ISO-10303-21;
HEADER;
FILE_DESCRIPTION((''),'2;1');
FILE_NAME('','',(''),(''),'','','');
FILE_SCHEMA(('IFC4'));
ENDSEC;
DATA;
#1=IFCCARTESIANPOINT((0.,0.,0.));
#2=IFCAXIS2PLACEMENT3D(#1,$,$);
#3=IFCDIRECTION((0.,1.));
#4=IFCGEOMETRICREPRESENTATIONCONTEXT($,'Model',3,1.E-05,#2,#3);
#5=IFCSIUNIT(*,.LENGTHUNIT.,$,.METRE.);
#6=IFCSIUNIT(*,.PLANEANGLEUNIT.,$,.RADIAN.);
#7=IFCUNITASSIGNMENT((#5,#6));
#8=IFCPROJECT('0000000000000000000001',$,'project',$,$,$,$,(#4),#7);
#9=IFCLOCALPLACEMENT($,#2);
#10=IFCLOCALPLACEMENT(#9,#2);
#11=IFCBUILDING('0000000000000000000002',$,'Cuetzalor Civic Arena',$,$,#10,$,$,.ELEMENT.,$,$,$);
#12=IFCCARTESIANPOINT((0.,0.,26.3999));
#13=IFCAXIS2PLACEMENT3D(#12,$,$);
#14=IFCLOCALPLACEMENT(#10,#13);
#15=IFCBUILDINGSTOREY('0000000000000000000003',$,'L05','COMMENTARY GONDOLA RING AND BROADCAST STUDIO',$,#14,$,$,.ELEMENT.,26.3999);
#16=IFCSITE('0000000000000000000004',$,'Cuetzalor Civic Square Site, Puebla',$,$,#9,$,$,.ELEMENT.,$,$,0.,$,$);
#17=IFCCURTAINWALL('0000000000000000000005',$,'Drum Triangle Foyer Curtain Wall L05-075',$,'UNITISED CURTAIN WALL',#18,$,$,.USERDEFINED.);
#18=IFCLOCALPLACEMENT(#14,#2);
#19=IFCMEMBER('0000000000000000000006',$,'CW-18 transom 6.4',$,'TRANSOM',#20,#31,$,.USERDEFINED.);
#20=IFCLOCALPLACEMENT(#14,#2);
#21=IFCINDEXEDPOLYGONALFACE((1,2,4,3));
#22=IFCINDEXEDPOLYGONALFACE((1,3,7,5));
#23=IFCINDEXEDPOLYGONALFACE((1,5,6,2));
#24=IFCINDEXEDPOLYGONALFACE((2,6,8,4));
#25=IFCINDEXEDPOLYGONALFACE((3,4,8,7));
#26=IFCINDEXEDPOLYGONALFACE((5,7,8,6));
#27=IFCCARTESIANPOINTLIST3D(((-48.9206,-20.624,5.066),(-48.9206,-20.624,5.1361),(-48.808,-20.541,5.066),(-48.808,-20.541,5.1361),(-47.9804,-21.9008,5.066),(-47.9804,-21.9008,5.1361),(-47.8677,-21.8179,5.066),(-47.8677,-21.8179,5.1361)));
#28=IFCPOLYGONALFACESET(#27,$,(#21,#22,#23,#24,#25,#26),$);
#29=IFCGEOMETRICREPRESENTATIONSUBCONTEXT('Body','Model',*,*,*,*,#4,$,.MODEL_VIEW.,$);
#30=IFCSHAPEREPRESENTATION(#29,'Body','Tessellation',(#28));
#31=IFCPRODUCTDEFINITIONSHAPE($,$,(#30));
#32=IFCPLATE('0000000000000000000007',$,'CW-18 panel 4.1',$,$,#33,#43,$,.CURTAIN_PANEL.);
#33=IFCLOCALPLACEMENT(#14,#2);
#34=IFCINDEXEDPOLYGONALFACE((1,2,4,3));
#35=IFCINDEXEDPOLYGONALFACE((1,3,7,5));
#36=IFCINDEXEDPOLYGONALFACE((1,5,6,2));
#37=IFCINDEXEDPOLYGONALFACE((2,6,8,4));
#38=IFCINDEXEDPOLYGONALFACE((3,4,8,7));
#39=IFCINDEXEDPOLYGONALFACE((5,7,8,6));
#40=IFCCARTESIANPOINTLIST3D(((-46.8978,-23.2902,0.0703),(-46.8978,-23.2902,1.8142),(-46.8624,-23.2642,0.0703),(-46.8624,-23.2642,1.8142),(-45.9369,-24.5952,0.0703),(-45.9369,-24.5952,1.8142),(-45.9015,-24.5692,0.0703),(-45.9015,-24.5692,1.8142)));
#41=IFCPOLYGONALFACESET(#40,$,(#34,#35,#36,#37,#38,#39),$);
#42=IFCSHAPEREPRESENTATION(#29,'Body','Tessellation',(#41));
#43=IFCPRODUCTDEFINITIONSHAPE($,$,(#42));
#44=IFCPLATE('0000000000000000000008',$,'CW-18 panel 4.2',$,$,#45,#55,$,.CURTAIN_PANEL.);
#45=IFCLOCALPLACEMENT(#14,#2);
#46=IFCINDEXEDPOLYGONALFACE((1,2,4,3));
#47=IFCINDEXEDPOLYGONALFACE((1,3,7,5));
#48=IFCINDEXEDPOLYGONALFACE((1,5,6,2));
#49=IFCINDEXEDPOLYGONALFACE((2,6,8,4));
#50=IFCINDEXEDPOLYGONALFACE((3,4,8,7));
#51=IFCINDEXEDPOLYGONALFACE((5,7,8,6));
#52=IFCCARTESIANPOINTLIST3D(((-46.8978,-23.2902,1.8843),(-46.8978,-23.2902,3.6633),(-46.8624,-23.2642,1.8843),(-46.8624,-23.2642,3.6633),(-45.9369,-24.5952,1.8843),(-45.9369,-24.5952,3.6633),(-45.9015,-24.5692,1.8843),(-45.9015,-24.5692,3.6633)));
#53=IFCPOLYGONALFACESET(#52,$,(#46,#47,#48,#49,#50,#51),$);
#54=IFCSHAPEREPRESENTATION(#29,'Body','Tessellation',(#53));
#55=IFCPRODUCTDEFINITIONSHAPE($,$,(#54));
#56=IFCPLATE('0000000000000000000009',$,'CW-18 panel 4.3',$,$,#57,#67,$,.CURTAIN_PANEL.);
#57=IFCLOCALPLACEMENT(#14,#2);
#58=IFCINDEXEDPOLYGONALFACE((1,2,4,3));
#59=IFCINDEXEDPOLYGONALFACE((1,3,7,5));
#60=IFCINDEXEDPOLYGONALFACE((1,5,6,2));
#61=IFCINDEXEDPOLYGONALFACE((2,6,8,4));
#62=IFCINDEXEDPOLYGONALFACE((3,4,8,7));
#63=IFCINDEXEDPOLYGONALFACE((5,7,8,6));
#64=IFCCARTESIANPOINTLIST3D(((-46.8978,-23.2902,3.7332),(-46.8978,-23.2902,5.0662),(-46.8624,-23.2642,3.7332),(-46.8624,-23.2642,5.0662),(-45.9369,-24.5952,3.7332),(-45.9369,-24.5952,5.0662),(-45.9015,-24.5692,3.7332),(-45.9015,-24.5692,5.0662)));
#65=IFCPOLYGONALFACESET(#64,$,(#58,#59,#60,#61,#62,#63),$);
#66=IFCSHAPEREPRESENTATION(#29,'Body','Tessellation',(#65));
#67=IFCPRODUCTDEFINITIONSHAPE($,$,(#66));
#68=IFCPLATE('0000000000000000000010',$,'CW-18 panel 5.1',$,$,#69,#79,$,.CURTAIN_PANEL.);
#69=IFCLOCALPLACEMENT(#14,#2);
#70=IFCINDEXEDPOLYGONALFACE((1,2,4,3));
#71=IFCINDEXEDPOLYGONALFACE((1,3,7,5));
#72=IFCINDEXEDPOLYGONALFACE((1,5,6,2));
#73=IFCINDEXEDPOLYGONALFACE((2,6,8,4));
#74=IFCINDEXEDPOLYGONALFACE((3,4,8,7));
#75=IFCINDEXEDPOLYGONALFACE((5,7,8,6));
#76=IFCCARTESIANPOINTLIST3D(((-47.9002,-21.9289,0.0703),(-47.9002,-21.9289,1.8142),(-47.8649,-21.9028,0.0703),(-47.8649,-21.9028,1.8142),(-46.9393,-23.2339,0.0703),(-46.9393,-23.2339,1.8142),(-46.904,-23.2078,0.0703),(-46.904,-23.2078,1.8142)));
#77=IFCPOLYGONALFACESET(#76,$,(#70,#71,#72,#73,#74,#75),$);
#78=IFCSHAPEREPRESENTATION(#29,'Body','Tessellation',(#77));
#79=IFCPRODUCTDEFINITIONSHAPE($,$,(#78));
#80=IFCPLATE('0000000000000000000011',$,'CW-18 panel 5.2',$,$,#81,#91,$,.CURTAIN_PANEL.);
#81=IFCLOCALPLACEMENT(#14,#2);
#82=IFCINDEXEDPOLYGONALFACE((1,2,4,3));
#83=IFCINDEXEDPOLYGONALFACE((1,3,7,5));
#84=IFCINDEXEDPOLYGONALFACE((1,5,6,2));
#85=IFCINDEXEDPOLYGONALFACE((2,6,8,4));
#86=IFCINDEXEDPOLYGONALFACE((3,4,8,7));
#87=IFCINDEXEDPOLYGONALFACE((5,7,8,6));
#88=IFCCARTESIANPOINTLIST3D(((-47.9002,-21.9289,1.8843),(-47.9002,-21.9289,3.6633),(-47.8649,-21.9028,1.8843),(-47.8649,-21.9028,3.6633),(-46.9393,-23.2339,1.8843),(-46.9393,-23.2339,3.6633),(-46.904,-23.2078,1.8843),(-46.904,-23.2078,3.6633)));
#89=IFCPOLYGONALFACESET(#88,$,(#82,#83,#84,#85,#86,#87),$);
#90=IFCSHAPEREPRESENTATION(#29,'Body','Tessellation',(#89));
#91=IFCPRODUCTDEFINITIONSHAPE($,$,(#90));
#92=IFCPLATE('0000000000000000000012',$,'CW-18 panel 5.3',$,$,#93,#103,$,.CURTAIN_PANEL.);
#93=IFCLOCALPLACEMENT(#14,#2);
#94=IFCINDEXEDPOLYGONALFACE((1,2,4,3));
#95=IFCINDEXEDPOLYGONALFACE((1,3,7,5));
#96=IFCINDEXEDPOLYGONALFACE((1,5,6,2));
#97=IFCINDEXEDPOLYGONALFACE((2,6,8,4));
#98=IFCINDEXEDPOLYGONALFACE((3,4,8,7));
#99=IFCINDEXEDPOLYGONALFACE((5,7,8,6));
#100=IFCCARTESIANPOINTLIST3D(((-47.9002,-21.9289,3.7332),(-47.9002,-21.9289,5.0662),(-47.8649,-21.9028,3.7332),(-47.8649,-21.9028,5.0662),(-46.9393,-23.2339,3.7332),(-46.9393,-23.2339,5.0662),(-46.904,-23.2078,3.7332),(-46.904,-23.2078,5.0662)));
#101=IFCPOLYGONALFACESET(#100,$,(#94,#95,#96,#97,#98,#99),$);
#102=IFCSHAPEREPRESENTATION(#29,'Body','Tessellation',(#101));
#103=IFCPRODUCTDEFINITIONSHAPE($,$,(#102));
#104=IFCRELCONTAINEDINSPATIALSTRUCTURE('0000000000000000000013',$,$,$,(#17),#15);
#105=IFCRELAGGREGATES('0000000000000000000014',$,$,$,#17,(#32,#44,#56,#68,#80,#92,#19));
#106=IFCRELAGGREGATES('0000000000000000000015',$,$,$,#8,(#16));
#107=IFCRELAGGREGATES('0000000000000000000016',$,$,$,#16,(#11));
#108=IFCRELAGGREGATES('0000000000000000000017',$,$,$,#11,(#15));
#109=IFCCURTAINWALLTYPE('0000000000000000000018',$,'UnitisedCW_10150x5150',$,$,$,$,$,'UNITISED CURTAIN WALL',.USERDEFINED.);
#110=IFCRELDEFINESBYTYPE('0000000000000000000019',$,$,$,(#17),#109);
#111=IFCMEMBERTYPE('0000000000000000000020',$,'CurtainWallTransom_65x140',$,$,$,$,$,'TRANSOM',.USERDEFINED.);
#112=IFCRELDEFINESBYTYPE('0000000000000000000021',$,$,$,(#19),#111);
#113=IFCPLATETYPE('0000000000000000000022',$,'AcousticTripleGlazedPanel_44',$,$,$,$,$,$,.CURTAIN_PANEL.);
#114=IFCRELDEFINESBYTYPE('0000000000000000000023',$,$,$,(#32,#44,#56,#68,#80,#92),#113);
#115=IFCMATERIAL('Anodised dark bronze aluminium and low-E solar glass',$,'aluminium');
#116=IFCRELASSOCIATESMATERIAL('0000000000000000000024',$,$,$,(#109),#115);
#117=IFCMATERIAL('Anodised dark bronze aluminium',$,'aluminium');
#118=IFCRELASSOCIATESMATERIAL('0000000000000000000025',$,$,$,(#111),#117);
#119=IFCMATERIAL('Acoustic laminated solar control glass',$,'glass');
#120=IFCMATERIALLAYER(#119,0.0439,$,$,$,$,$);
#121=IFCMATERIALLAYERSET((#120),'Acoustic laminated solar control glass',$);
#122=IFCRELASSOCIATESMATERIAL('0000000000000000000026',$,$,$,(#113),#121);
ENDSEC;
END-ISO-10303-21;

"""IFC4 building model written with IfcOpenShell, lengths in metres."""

from ifc_helpers import new_model, si_unit, direction, frame, origin, origin_2d, place, context, subcontext, project, spatial, rectangle, extrude, material, layer, layer_set, material_profile, profile_set, type_object, element, aggregate, save


model = new_model("IFC4")

# Units and contexts
model_context = context("Model", 3, precision=1e-05, world=origin(), true_north=direction((0.0, 1.0)))
body_context = subcontext(model_context, "Body", "Model", "MODEL_VIEW")
ifc_project = project(units=[si_unit("LENGTHUNIT", "METRE"), si_unit("PLANEANGLEUNIT", "RADIAN")], contexts=[model_context])

# Site, building, storey
site_placement = place(None, origin())
site = spatial("IfcSite", under=ifc_project, at=site_placement, Name="Cuetzalor Civic Square Site, Puebla", CompositionType="ELEMENT", RefElevation=0.0)
building_placement = place(site_placement, origin())
building = spatial("IfcBuilding", under=site, at=building_placement, Name="Cuetzalor Civic Arena", CompositionType="ELEMENT")
storey_placement = place(building_placement, frame((0.0, 0.0, 26.3999)))
storey = spatial("IfcBuildingStorey", under=building, at=storey_placement, Name="L05", Description="COMMENTARY GONDOLA RING AND BROADCAST STUDIO", CompositionType="ELEMENT", Elevation=26.3999)

# Curtain wall, member, plates
ifc_material_1 = material(Name="Anodised dark bronze aluminium and low-E solar glass", Category="aluminium")
curtain_wall_type = type_object("IfcCurtainWallType", Name="UnitisedCW_10150x5150", ElementType="UNITISED CURTAIN WALL", PredefinedType="USERDEFINED", material=ifc_material_1)
curtain_wall_placement = place(storey_placement, origin())
curtain_wall = element("IfcCurtainWall", 1, at=curtain_wall_placement, inside=storey, type_object=curtain_wall_type, Name="Drum Triangle Foyer Curtain Wall L05-075", ObjectType="UNITISED CURTAIN WALL", PredefinedType="USERDEFINED")
ifc_material_2 = material(Name="Anodised dark bronze aluminium", Category="aluminium")
ifc_material_profile_1 = material_profile(ifc_material_2, rectangle(XDim=0.1399, YDim=0.0701, at=origin_2d()), Name="ALU TRANSOM 70x140")
ifc_profile_set_1 = profile_set([ifc_material_profile_1], Name="Anodised dark bronze aluminium")
member_type_1 = type_object("IfcMemberType", Name="CurtainWallTransom_65x140", ElementType="TRANSOM", PredefinedType="USERDEFINED", material=ifc_profile_set_1)
member_1_placement = place(storey_placement, frame((-47.9241, -21.8594, 5.1011), z_axis=(-0.592931, 0.805253, 0.0), x_axis=(-0.805253, -0.592931, 0.0)))
member_1 = element("IfcMember", 2, at=member_1_placement, type_object=member_type_1, Name="CW-18 transom 6.4", ObjectType="TRANSOM", PredefinedType="USERDEFINED", context=body_context, shape_type="SweptSolid", body=[
    extrude(rectangle(XDim=0.1399, YDim=0.0701, at=origin_2d()), origin(), (0.0, 0.0, 1.0), 1.5857),
])
ifc_material_3 = material(Name="Acoustic laminated solar control glass", Category="glass")
ifc_layer = layer(ifc_material_3, 0.0439)
ifc_layer_set = layer_set([ifc_layer], Name="Acoustic laminated solar control glass")
plate_type = type_object("IfcPlateType", Name="AcousticTripleGlazedPanel_44", PredefinedType="CURTAIN_PANEL", material=ifc_layer_set)
plate_1_placement = place(storey_placement, frame((-46.3997, -23.9297, 0.0703), z_axis=(0.0, 0.0, 1.0), x_axis=(-0.592929, 0.805255, 0.0)))
plate_1 = element("IfcPlate", 3, at=plate_1_placement, type_object=plate_type, Name="CW-18 panel 4.1", PredefinedType="CURTAIN_PANEL", context=body_context, shape_type="SweptSolid", body=[
    extrude(rectangle(XDim=1.6206, YDim=0.0439, at=origin_2d()), origin(), (0.0, 0.0, 1.0), 1.7439),
])
plate_2_placement = place(storey_placement, frame((-46.3997, -23.9297, 1.8843), z_axis=(0.0, 0.0, 1.0), x_axis=(-0.592929, 0.805255, 0.0)))
plate_2 = element("IfcPlate", 4, at=plate_2_placement, type_object=plate_type, Name="CW-18 panel 4.2", PredefinedType="CURTAIN_PANEL", context=body_context, shape_type="SweptSolid", body=[
    extrude(rectangle(XDim=1.6206, YDim=0.0439, at=origin_2d()), origin(), (0.0, 0.0, 1.0), 1.7791),
])
plate_3_placement = place(storey_placement, frame((-46.3997, -23.9297, 3.7332), z_axis=(0.0, 0.0, 1.0), x_axis=(-0.592929, 0.805255, 0.0)))
plate_3 = element("IfcPlate", 5, at=plate_3_placement, type_object=plate_type, Name="CW-18 panel 4.3", PredefinedType="CURTAIN_PANEL", context=body_context, shape_type="SweptSolid", body=[
    extrude(rectangle(XDim=1.6206, YDim=0.0439, at=origin_2d()), origin(), (0.0, 0.0, 1.0), 1.333),
])
plate_4_placement = place(storey_placement, frame((-47.4021, -22.5684, 0.0703), z_axis=(0.0, 0.0, 1.0), x_axis=(-0.592929, 0.805255, 0.0)))
plate_4 = element("IfcPlate", 6, at=plate_4_placement, type_object=plate_type, Name="CW-18 panel 5.1", PredefinedType="CURTAIN_PANEL", context=body_context, shape_type="SweptSolid", body=[
    extrude(rectangle(XDim=1.6206, YDim=0.0439, at=origin_2d()), origin(), (0.0, 0.0, 1.0), 1.7439),
])
plate_5_placement = place(storey_placement, frame((-47.4021, -22.5684, 1.8843), z_axis=(0.0, 0.0, 1.0), x_axis=(-0.592929, 0.805255, 0.0)))
plate_5 = element("IfcPlate", 7, at=plate_5_placement, type_object=plate_type, Name="CW-18 panel 5.2", PredefinedType="CURTAIN_PANEL", context=body_context, shape_type="SweptSolid", body=[
    extrude(rectangle(XDim=1.6206, YDim=0.0439, at=origin_2d()), origin(), (0.0, 0.0, 1.0), 1.7791),
])
plate_6_placement = place(storey_placement, frame((-47.4021, -22.5684, 3.7332), z_axis=(0.0, 0.0, 1.0), x_axis=(-0.592929, 0.805255, 0.0)))
plate_6 = element("IfcPlate", 8, at=plate_6_placement, type_object=plate_type, Name="CW-18 panel 5.3", PredefinedType="CURTAIN_PANEL", context=body_context, shape_type="SweptSolid", body=[
    extrude(rectangle(XDim=1.6206, YDim=0.0439, at=origin_2d()), origin(), (0.0, 0.0, 1.0), 1.333),
])
aggregate(curtain_wall, [plate_1, plate_2, plate_3, plate_4, plate_5, plate_6, member_1])

save(model, "model.ifc")
